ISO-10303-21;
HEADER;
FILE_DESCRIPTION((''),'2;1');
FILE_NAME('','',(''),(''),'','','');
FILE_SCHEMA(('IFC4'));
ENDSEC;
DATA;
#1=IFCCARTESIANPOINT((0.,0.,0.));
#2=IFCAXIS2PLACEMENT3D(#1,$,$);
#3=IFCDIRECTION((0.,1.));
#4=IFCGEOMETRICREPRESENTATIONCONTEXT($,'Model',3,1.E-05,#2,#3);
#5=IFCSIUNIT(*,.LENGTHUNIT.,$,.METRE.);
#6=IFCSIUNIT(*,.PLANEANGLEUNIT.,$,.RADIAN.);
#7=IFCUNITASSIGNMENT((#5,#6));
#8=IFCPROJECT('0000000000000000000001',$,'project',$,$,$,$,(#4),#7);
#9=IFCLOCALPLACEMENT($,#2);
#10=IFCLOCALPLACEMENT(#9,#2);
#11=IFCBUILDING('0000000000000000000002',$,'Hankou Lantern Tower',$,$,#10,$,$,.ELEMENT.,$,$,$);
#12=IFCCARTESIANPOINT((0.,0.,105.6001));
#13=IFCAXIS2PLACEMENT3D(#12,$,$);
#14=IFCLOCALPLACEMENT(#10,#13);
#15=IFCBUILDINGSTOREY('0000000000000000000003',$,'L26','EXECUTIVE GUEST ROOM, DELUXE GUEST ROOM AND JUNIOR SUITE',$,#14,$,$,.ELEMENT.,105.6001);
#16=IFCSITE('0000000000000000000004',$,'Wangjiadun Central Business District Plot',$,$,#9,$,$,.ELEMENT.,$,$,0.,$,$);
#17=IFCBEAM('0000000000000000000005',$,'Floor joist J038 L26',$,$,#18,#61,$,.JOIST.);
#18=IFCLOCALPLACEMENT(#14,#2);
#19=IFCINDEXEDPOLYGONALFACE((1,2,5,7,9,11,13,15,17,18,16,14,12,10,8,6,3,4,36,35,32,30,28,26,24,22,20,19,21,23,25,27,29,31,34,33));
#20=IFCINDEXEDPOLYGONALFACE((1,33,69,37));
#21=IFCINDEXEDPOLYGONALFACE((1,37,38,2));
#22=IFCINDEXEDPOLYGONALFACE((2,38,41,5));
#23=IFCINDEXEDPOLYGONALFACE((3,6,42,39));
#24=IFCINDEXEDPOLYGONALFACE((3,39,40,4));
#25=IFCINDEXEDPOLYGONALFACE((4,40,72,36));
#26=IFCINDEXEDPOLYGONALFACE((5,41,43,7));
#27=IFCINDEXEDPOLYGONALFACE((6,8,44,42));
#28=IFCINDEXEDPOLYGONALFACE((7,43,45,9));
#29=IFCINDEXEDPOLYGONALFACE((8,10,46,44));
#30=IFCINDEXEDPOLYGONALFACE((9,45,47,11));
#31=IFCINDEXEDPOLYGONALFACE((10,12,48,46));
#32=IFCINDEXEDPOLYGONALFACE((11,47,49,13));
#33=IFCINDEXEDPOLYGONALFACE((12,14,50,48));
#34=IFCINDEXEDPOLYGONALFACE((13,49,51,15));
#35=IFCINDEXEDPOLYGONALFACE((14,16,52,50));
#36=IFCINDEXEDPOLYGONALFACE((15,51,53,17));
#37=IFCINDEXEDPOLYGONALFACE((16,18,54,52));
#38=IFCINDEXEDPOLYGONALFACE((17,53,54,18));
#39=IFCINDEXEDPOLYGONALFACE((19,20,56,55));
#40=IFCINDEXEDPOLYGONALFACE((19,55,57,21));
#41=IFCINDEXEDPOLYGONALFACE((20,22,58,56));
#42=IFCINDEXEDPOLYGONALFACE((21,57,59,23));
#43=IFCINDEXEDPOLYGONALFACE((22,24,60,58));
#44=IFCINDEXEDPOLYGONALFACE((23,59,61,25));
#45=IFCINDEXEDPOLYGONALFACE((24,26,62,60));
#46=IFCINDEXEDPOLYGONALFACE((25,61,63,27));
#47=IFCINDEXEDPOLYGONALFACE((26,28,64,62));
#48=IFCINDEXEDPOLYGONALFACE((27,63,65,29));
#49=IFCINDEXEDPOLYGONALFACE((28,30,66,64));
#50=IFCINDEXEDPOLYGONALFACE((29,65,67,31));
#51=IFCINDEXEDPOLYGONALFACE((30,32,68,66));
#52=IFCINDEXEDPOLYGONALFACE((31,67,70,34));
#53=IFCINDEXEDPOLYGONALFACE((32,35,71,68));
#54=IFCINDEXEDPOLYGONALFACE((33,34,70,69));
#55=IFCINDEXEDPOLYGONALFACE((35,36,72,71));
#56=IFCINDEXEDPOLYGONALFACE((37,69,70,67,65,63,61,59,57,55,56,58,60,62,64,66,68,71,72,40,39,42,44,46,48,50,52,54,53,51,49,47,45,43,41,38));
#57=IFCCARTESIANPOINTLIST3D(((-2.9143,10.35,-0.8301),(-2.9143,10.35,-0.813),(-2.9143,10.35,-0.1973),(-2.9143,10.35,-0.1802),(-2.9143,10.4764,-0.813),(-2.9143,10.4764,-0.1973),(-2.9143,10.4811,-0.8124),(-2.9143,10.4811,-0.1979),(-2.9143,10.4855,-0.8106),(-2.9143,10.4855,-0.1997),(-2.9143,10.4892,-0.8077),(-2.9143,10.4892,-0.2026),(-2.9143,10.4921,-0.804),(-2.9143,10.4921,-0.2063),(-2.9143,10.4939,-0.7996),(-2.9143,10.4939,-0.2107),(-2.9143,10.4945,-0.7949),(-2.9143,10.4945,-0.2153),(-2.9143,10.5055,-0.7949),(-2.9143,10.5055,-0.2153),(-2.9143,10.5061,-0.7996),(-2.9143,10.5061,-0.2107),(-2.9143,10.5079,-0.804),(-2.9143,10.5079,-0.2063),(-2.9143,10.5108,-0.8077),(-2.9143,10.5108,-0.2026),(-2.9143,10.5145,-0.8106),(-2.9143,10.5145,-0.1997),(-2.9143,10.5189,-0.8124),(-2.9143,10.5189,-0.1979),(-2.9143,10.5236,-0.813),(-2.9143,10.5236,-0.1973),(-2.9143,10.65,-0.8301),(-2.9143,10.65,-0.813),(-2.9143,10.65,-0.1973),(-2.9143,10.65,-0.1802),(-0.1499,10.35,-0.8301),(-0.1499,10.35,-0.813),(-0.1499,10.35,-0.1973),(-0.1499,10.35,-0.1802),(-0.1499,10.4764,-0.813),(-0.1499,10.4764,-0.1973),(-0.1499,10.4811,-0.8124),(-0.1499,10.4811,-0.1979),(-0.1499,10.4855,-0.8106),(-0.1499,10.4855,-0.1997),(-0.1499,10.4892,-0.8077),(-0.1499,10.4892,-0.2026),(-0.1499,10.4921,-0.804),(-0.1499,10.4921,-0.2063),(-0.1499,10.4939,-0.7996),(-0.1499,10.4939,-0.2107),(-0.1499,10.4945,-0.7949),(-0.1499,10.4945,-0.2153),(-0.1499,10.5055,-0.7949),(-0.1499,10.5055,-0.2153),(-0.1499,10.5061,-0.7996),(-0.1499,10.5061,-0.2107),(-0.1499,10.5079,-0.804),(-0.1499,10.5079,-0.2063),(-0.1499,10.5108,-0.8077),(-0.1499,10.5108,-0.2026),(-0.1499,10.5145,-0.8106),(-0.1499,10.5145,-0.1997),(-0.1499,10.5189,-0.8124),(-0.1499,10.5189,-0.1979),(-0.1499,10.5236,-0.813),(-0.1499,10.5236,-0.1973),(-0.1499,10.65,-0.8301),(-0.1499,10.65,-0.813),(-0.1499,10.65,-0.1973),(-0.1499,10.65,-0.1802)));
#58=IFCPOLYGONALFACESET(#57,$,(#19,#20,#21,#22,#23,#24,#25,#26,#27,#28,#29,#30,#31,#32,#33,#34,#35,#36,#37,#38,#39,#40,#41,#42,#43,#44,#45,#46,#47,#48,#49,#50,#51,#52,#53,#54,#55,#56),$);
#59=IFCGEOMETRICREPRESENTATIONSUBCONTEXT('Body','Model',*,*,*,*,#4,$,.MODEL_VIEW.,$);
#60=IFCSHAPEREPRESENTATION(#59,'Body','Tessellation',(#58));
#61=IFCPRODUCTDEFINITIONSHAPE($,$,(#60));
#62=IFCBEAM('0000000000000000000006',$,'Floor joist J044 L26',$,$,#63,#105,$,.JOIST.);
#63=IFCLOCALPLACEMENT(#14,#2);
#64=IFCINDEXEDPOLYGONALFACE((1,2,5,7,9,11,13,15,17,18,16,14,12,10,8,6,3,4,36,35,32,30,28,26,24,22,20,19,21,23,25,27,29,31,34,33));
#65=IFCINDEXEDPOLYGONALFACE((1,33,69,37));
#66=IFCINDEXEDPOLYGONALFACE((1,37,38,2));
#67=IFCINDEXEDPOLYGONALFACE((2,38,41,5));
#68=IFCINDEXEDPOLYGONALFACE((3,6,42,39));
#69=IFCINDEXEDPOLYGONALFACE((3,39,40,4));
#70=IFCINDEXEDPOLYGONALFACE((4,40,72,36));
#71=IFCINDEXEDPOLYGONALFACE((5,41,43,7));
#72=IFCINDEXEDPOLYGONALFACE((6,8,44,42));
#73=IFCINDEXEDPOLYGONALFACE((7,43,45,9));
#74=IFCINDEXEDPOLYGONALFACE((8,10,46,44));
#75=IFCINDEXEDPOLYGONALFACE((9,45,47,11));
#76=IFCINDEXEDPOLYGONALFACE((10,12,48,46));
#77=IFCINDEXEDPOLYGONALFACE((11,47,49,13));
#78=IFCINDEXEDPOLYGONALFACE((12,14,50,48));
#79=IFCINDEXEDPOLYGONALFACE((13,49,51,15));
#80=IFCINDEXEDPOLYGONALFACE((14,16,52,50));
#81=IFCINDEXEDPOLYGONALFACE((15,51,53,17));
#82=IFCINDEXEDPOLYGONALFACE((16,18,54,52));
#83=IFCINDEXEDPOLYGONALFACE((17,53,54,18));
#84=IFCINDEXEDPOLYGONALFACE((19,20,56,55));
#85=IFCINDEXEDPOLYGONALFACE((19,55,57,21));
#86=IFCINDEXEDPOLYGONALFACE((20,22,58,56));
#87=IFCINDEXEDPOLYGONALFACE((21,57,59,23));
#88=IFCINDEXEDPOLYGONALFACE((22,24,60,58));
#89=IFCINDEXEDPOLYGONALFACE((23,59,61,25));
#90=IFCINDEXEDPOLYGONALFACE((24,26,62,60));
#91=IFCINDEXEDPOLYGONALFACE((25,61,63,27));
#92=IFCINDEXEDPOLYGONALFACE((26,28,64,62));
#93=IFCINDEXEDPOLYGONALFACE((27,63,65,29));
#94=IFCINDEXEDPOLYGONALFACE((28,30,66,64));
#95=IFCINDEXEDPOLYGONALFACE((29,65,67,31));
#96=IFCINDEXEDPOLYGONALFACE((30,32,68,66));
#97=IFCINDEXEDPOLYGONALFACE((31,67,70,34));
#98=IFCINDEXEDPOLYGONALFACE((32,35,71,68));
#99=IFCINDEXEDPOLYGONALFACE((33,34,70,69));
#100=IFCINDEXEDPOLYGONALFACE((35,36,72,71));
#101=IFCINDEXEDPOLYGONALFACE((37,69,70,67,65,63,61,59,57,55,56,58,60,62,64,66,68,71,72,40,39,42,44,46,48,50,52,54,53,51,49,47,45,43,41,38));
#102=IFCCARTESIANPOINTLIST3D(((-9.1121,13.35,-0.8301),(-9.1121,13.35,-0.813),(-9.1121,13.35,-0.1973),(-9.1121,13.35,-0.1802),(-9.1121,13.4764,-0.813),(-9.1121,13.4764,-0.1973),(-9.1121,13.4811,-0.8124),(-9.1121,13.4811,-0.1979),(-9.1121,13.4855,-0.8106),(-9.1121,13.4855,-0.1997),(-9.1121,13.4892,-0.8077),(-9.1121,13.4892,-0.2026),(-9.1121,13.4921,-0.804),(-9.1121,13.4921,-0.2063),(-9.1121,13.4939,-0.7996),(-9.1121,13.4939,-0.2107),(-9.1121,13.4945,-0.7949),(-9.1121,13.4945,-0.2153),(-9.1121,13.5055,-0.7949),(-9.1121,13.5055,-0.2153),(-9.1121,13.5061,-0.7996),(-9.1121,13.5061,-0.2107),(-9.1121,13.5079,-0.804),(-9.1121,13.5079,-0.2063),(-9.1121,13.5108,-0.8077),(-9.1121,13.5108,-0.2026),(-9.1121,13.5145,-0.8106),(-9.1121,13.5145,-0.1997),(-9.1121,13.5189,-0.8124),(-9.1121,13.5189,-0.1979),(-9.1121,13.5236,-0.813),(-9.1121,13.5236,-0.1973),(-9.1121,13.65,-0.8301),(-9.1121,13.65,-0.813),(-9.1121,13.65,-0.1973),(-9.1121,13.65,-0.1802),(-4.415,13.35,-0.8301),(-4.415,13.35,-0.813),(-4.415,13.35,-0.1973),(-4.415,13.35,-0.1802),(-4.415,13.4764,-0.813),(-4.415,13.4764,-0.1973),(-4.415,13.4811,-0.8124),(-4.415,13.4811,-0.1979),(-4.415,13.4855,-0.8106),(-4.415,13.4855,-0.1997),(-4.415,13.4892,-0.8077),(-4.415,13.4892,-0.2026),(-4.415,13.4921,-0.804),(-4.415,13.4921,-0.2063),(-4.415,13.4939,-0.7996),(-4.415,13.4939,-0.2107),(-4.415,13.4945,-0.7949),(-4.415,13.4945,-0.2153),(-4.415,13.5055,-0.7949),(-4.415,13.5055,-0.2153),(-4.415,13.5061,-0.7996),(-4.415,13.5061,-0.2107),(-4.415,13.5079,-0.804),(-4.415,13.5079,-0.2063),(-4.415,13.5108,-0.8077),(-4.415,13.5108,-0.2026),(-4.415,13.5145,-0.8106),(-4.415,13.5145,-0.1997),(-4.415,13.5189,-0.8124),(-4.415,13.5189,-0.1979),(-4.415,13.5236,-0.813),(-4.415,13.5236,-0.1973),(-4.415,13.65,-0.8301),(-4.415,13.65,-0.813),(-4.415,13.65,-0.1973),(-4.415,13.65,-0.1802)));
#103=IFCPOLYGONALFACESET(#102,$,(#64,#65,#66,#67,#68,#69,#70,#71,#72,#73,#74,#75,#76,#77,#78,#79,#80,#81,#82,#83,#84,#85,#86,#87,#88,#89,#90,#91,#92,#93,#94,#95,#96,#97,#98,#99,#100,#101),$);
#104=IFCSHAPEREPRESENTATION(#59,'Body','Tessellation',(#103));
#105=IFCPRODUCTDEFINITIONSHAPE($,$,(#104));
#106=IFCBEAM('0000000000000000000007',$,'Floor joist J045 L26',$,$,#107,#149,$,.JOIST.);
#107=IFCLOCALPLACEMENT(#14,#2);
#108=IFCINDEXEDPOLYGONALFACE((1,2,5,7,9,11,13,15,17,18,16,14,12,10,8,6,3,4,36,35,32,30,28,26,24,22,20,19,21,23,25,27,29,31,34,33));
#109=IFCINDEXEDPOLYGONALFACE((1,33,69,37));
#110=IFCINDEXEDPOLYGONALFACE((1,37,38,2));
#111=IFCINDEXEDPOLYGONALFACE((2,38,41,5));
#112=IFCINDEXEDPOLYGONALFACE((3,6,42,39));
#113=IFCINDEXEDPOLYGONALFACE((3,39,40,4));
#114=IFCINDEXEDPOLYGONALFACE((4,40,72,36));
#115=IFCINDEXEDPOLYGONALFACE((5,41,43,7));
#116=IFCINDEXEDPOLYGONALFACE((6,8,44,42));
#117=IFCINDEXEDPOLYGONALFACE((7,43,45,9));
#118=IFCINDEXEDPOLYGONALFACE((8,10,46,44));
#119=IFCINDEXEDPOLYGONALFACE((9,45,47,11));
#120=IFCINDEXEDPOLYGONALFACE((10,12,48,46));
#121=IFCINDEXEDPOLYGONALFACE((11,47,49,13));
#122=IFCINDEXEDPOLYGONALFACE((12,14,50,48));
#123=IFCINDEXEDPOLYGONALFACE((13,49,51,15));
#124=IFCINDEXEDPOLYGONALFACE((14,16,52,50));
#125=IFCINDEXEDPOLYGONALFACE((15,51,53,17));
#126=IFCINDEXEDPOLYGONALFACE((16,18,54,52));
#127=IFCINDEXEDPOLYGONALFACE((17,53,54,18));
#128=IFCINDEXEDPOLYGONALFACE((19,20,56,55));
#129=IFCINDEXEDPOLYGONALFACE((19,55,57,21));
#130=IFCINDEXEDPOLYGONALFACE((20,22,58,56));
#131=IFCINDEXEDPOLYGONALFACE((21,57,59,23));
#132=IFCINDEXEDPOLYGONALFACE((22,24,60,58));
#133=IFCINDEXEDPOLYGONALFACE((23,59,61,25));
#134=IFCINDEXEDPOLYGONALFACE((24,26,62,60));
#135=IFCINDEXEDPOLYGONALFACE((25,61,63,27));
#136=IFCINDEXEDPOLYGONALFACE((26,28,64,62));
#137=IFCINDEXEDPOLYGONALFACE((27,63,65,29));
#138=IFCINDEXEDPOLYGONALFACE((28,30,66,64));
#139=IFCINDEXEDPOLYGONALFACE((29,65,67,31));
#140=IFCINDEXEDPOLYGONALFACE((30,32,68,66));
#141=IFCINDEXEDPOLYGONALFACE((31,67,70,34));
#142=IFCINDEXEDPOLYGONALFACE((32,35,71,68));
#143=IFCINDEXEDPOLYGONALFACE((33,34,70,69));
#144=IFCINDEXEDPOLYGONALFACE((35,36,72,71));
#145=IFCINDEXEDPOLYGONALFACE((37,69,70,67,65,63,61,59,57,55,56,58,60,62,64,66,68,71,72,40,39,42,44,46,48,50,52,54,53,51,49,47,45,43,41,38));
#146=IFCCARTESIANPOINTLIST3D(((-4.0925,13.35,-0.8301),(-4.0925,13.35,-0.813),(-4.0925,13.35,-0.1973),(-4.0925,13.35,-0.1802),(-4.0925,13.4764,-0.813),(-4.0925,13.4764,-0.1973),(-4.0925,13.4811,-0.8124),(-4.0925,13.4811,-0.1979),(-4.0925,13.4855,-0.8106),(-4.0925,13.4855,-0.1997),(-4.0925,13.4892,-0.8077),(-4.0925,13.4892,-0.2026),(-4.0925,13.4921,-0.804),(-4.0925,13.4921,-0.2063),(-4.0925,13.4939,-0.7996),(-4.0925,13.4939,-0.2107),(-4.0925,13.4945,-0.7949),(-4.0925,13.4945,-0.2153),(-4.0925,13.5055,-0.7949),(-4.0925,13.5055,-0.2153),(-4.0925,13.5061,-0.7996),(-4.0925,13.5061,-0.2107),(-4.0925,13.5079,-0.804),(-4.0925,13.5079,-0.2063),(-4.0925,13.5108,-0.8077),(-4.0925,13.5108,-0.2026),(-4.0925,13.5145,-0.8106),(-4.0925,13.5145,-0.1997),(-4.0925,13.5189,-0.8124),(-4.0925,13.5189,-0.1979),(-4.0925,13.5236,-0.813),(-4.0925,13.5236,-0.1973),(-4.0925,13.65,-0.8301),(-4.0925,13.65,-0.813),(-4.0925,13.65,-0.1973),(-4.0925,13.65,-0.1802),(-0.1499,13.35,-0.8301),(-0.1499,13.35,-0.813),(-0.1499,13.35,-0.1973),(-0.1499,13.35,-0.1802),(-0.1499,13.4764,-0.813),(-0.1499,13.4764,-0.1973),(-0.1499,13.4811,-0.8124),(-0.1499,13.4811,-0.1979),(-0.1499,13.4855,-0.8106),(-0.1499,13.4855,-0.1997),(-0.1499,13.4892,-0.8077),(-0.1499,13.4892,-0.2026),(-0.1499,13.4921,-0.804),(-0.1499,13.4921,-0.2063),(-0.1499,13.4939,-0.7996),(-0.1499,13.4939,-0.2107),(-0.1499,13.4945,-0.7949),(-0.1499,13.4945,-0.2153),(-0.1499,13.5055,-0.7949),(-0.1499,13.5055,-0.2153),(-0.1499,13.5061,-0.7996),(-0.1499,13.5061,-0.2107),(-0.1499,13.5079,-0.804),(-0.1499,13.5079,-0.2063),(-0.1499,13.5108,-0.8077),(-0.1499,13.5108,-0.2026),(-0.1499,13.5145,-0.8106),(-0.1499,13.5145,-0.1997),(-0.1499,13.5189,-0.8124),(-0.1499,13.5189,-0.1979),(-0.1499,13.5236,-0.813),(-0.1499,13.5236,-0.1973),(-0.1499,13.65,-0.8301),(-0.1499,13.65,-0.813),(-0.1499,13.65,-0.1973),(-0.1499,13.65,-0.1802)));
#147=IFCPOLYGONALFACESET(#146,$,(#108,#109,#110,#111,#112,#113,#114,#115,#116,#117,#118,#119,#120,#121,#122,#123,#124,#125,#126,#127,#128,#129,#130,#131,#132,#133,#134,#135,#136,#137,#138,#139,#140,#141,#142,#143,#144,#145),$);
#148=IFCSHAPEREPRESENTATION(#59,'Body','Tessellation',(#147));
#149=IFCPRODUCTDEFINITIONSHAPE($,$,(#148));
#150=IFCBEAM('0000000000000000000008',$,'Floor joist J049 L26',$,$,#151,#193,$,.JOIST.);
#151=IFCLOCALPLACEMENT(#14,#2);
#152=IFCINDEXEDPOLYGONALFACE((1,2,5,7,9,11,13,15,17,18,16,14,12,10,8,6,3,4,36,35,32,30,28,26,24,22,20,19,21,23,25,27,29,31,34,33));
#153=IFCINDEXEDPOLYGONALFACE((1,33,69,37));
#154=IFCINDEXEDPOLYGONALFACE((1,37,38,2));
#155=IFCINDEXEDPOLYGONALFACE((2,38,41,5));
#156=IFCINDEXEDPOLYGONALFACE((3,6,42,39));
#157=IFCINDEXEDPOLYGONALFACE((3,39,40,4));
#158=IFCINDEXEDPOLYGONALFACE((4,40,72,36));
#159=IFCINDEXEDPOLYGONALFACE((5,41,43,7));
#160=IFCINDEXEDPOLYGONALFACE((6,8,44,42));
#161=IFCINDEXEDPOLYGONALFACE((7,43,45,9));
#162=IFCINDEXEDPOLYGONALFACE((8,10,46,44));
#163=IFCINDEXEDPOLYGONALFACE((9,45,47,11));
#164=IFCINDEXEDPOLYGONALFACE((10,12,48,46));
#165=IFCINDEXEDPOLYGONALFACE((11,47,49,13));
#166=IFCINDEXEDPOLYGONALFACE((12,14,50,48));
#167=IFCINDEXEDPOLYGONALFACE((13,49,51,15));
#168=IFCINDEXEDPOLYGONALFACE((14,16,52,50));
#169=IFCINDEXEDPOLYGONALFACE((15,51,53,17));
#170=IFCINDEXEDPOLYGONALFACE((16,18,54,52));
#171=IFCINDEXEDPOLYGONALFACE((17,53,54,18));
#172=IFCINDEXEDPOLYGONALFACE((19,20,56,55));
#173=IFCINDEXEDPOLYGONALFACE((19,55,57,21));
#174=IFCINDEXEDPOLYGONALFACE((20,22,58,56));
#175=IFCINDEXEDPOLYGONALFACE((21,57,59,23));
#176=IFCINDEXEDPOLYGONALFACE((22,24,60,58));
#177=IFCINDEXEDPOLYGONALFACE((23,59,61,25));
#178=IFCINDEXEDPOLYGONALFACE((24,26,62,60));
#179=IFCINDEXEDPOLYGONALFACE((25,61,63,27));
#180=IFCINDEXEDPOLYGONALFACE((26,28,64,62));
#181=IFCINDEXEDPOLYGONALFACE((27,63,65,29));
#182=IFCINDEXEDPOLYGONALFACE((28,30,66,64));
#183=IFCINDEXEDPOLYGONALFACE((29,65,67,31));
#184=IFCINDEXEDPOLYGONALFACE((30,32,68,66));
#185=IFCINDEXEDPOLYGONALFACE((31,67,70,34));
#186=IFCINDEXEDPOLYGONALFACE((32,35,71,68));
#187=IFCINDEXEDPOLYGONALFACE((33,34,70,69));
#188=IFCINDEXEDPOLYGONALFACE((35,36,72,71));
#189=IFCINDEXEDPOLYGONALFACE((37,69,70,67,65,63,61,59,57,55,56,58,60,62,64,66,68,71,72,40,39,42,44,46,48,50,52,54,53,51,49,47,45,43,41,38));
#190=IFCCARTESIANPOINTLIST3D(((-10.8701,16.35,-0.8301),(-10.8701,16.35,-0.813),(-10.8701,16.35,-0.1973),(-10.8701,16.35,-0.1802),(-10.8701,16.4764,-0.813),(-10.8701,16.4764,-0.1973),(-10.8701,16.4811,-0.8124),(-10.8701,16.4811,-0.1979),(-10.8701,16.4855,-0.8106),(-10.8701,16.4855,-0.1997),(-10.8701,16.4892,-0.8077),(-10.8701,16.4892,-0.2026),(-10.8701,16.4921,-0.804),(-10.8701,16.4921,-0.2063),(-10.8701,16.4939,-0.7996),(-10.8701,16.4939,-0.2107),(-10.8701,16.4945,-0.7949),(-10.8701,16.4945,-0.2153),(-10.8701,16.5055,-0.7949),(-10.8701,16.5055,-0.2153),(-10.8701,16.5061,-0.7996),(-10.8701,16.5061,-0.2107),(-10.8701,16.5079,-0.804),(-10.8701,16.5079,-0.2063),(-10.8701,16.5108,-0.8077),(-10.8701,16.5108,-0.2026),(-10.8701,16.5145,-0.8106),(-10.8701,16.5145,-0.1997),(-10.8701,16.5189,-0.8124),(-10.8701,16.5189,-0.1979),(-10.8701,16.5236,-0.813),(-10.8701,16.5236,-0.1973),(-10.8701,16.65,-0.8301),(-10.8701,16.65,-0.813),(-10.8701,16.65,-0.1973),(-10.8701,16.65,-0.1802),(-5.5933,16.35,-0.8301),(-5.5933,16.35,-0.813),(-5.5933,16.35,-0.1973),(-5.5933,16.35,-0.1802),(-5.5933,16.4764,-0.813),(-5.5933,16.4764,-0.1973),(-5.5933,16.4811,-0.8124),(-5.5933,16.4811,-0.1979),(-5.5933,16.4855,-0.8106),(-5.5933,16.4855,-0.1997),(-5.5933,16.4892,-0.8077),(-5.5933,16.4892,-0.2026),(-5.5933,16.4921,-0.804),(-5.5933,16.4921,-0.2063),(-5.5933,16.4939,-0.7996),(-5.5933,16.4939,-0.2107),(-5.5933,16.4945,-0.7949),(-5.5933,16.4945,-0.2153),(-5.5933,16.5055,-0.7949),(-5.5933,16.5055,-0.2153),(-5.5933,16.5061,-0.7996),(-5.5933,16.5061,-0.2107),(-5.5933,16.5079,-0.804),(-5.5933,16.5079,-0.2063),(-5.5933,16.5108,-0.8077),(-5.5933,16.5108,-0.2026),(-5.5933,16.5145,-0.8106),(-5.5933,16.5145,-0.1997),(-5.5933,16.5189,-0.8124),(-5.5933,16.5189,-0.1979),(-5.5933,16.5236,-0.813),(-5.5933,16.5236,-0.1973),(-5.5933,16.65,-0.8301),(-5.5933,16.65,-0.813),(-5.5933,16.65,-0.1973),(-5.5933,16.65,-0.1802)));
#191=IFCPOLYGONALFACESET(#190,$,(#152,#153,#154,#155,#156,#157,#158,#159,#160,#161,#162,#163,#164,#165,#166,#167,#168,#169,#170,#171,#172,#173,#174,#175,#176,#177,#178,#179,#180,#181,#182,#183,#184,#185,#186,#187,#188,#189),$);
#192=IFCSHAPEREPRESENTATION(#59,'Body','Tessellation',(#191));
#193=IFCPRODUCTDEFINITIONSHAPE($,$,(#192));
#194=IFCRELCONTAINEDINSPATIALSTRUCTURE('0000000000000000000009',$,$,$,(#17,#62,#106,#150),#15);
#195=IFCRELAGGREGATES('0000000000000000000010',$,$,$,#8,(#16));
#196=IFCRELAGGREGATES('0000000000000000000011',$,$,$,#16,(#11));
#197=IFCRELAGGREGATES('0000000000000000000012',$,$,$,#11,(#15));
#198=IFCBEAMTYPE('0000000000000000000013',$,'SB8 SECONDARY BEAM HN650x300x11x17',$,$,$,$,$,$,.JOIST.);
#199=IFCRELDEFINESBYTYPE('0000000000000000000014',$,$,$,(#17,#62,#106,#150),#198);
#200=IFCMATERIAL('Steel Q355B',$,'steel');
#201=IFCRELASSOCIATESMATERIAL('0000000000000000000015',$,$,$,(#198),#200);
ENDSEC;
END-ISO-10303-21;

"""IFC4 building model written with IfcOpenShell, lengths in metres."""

from ifc_helpers import new_model, si_unit, direction, frame, origin, origin_2d, place, context, subcontext, project, spatial, i_section, extrude, material, material_profile, profile_set, type_object, element, save


model = new_model("IFC4")

# Units and contexts
model_context = context("Model", 3, precision=1e-05, world=origin(), true_north=direction((0.0, 1.0)))
body_context = subcontext(model_context, "Body", "Model", "MODEL_VIEW")
ifc_project = project(units=[si_unit("LENGTHUNIT", "METRE"), si_unit("PLANEANGLEUNIT", "RADIAN")], contexts=[model_context])

# Site, building, storey
site_placement = place(None, origin())
site = spatial("IfcSite", under=ifc_project, at=site_placement, Name="Wangjiadun Central Business District Plot", CompositionType="ELEMENT", RefElevation=0.0)
building_placement = place(site_placement, origin())
building = spatial("IfcBuilding", under=site, at=building_placement, Name="Hankou Lantern Tower", CompositionType="ELEMENT")
storey_placement = place(building_placement, frame((0.0, 0.0, 105.6001)))
storey = spatial("IfcBuildingStorey", under=building, at=storey_placement, Name="L26", Description="EXECUTIVE GUEST ROOM, DELUXE GUEST ROOM AND JUNIOR SUITE", CompositionType="ELEMENT", Elevation=105.6001)

# Beams
ifc_material_1 = material(Name="Steel Q355B", Category="steel")
ifc_material_profile_1 = material_profile(ifc_material_1, i_section(OverallWidth=0.3, OverallDepth=0.6499, WebThickness=0.011, FlangeThickness=0.0171, FilletRadius=0.0181, at=origin_2d()), Name="HN650x300x11x17")
ifc_profile_set_1 = profile_set([ifc_material_profile_1], Name="Steel Q355B")
beam_type_1 = type_object("IfcBeamType", Name="SB8 SECONDARY BEAM HN650x300x11x17", PredefinedType="JOIST", material=ifc_profile_set_1)
beam_1_placement = place(storey_placement, frame((-2.9143, 10.5, -0.5051), z_axis=(1.0, 0.0, 0.0), x_axis=(0.0, 1.0, 0.0)))
element("IfcBeam", 1, at=beam_1_placement, inside=storey, type_object=beam_type_1, Name="Floor joist J038 L26", PredefinedType="JOIST", context=body_context, shape_type="SweptSolid", body=[
    extrude(i_section(OverallWidth=0.3, OverallDepth=0.6499, WebThickness=0.011, FlangeThickness=0.0171, FilletRadius=0.0181, at=origin_2d()), origin(), (0.0, 0.0, 1.0), 2.7644),
])
beam_2_placement = place(storey_placement, frame((-9.1121, 13.5, -0.5051), z_axis=(1.0, 0.0, 0.0), x_axis=(0.0, 1.0, 0.0)))
element("IfcBeam", 2, at=beam_2_placement, inside=storey, type_object=beam_type_1, Name="Floor joist J044 L26", PredefinedType="JOIST", context=body_context, shape_type="SweptSolid", body=[
    extrude(i_section(OverallWidth=0.3, OverallDepth=0.6499, WebThickness=0.011, FlangeThickness=0.0171, FilletRadius=0.0181, at=origin_2d()), origin(), (0.0, 0.0, 1.0), 4.697),
])
beam_3_placement = place(storey_placement, frame((-4.0925, 13.5, -0.5051), z_axis=(1.0, 0.0, 0.0), x_axis=(0.0, 1.0, 0.0)))
element("IfcBeam", 3, at=beam_3_placement, inside=storey, type_object=beam_type_1, Name="Floor joist J045 L26", PredefinedType="JOIST", context=body_context, shape_type="SweptSolid", body=[
    extrude(i_section(OverallWidth=0.3, OverallDepth=0.6499, WebThickness=0.011, FlangeThickness=0.0171, FilletRadius=0.0181, at=origin_2d()), origin(), (0.0, 0.0, 1.0), 3.9426),
])
beam_4_placement = place(storey_placement, frame((-10.8701, 16.5, -0.5051), z_axis=(1.0, 0.0, 0.0), x_axis=(0.0, 1.0, 0.0)))
element("IfcBeam", 4, at=beam_4_placement, inside=storey, type_object=beam_type_1, Name="Floor joist J049 L26", PredefinedType="JOIST", context=body_context, shape_type="SweptSolid", body=[
    extrude(i_section(OverallWidth=0.3, OverallDepth=0.6499, WebThickness=0.011, FlangeThickness=0.0171, FilletRadius=0.0181, at=origin_2d()), origin(), (0.0, 0.0, 1.0), 5.2769),
])

save(model, "model.ifc")
